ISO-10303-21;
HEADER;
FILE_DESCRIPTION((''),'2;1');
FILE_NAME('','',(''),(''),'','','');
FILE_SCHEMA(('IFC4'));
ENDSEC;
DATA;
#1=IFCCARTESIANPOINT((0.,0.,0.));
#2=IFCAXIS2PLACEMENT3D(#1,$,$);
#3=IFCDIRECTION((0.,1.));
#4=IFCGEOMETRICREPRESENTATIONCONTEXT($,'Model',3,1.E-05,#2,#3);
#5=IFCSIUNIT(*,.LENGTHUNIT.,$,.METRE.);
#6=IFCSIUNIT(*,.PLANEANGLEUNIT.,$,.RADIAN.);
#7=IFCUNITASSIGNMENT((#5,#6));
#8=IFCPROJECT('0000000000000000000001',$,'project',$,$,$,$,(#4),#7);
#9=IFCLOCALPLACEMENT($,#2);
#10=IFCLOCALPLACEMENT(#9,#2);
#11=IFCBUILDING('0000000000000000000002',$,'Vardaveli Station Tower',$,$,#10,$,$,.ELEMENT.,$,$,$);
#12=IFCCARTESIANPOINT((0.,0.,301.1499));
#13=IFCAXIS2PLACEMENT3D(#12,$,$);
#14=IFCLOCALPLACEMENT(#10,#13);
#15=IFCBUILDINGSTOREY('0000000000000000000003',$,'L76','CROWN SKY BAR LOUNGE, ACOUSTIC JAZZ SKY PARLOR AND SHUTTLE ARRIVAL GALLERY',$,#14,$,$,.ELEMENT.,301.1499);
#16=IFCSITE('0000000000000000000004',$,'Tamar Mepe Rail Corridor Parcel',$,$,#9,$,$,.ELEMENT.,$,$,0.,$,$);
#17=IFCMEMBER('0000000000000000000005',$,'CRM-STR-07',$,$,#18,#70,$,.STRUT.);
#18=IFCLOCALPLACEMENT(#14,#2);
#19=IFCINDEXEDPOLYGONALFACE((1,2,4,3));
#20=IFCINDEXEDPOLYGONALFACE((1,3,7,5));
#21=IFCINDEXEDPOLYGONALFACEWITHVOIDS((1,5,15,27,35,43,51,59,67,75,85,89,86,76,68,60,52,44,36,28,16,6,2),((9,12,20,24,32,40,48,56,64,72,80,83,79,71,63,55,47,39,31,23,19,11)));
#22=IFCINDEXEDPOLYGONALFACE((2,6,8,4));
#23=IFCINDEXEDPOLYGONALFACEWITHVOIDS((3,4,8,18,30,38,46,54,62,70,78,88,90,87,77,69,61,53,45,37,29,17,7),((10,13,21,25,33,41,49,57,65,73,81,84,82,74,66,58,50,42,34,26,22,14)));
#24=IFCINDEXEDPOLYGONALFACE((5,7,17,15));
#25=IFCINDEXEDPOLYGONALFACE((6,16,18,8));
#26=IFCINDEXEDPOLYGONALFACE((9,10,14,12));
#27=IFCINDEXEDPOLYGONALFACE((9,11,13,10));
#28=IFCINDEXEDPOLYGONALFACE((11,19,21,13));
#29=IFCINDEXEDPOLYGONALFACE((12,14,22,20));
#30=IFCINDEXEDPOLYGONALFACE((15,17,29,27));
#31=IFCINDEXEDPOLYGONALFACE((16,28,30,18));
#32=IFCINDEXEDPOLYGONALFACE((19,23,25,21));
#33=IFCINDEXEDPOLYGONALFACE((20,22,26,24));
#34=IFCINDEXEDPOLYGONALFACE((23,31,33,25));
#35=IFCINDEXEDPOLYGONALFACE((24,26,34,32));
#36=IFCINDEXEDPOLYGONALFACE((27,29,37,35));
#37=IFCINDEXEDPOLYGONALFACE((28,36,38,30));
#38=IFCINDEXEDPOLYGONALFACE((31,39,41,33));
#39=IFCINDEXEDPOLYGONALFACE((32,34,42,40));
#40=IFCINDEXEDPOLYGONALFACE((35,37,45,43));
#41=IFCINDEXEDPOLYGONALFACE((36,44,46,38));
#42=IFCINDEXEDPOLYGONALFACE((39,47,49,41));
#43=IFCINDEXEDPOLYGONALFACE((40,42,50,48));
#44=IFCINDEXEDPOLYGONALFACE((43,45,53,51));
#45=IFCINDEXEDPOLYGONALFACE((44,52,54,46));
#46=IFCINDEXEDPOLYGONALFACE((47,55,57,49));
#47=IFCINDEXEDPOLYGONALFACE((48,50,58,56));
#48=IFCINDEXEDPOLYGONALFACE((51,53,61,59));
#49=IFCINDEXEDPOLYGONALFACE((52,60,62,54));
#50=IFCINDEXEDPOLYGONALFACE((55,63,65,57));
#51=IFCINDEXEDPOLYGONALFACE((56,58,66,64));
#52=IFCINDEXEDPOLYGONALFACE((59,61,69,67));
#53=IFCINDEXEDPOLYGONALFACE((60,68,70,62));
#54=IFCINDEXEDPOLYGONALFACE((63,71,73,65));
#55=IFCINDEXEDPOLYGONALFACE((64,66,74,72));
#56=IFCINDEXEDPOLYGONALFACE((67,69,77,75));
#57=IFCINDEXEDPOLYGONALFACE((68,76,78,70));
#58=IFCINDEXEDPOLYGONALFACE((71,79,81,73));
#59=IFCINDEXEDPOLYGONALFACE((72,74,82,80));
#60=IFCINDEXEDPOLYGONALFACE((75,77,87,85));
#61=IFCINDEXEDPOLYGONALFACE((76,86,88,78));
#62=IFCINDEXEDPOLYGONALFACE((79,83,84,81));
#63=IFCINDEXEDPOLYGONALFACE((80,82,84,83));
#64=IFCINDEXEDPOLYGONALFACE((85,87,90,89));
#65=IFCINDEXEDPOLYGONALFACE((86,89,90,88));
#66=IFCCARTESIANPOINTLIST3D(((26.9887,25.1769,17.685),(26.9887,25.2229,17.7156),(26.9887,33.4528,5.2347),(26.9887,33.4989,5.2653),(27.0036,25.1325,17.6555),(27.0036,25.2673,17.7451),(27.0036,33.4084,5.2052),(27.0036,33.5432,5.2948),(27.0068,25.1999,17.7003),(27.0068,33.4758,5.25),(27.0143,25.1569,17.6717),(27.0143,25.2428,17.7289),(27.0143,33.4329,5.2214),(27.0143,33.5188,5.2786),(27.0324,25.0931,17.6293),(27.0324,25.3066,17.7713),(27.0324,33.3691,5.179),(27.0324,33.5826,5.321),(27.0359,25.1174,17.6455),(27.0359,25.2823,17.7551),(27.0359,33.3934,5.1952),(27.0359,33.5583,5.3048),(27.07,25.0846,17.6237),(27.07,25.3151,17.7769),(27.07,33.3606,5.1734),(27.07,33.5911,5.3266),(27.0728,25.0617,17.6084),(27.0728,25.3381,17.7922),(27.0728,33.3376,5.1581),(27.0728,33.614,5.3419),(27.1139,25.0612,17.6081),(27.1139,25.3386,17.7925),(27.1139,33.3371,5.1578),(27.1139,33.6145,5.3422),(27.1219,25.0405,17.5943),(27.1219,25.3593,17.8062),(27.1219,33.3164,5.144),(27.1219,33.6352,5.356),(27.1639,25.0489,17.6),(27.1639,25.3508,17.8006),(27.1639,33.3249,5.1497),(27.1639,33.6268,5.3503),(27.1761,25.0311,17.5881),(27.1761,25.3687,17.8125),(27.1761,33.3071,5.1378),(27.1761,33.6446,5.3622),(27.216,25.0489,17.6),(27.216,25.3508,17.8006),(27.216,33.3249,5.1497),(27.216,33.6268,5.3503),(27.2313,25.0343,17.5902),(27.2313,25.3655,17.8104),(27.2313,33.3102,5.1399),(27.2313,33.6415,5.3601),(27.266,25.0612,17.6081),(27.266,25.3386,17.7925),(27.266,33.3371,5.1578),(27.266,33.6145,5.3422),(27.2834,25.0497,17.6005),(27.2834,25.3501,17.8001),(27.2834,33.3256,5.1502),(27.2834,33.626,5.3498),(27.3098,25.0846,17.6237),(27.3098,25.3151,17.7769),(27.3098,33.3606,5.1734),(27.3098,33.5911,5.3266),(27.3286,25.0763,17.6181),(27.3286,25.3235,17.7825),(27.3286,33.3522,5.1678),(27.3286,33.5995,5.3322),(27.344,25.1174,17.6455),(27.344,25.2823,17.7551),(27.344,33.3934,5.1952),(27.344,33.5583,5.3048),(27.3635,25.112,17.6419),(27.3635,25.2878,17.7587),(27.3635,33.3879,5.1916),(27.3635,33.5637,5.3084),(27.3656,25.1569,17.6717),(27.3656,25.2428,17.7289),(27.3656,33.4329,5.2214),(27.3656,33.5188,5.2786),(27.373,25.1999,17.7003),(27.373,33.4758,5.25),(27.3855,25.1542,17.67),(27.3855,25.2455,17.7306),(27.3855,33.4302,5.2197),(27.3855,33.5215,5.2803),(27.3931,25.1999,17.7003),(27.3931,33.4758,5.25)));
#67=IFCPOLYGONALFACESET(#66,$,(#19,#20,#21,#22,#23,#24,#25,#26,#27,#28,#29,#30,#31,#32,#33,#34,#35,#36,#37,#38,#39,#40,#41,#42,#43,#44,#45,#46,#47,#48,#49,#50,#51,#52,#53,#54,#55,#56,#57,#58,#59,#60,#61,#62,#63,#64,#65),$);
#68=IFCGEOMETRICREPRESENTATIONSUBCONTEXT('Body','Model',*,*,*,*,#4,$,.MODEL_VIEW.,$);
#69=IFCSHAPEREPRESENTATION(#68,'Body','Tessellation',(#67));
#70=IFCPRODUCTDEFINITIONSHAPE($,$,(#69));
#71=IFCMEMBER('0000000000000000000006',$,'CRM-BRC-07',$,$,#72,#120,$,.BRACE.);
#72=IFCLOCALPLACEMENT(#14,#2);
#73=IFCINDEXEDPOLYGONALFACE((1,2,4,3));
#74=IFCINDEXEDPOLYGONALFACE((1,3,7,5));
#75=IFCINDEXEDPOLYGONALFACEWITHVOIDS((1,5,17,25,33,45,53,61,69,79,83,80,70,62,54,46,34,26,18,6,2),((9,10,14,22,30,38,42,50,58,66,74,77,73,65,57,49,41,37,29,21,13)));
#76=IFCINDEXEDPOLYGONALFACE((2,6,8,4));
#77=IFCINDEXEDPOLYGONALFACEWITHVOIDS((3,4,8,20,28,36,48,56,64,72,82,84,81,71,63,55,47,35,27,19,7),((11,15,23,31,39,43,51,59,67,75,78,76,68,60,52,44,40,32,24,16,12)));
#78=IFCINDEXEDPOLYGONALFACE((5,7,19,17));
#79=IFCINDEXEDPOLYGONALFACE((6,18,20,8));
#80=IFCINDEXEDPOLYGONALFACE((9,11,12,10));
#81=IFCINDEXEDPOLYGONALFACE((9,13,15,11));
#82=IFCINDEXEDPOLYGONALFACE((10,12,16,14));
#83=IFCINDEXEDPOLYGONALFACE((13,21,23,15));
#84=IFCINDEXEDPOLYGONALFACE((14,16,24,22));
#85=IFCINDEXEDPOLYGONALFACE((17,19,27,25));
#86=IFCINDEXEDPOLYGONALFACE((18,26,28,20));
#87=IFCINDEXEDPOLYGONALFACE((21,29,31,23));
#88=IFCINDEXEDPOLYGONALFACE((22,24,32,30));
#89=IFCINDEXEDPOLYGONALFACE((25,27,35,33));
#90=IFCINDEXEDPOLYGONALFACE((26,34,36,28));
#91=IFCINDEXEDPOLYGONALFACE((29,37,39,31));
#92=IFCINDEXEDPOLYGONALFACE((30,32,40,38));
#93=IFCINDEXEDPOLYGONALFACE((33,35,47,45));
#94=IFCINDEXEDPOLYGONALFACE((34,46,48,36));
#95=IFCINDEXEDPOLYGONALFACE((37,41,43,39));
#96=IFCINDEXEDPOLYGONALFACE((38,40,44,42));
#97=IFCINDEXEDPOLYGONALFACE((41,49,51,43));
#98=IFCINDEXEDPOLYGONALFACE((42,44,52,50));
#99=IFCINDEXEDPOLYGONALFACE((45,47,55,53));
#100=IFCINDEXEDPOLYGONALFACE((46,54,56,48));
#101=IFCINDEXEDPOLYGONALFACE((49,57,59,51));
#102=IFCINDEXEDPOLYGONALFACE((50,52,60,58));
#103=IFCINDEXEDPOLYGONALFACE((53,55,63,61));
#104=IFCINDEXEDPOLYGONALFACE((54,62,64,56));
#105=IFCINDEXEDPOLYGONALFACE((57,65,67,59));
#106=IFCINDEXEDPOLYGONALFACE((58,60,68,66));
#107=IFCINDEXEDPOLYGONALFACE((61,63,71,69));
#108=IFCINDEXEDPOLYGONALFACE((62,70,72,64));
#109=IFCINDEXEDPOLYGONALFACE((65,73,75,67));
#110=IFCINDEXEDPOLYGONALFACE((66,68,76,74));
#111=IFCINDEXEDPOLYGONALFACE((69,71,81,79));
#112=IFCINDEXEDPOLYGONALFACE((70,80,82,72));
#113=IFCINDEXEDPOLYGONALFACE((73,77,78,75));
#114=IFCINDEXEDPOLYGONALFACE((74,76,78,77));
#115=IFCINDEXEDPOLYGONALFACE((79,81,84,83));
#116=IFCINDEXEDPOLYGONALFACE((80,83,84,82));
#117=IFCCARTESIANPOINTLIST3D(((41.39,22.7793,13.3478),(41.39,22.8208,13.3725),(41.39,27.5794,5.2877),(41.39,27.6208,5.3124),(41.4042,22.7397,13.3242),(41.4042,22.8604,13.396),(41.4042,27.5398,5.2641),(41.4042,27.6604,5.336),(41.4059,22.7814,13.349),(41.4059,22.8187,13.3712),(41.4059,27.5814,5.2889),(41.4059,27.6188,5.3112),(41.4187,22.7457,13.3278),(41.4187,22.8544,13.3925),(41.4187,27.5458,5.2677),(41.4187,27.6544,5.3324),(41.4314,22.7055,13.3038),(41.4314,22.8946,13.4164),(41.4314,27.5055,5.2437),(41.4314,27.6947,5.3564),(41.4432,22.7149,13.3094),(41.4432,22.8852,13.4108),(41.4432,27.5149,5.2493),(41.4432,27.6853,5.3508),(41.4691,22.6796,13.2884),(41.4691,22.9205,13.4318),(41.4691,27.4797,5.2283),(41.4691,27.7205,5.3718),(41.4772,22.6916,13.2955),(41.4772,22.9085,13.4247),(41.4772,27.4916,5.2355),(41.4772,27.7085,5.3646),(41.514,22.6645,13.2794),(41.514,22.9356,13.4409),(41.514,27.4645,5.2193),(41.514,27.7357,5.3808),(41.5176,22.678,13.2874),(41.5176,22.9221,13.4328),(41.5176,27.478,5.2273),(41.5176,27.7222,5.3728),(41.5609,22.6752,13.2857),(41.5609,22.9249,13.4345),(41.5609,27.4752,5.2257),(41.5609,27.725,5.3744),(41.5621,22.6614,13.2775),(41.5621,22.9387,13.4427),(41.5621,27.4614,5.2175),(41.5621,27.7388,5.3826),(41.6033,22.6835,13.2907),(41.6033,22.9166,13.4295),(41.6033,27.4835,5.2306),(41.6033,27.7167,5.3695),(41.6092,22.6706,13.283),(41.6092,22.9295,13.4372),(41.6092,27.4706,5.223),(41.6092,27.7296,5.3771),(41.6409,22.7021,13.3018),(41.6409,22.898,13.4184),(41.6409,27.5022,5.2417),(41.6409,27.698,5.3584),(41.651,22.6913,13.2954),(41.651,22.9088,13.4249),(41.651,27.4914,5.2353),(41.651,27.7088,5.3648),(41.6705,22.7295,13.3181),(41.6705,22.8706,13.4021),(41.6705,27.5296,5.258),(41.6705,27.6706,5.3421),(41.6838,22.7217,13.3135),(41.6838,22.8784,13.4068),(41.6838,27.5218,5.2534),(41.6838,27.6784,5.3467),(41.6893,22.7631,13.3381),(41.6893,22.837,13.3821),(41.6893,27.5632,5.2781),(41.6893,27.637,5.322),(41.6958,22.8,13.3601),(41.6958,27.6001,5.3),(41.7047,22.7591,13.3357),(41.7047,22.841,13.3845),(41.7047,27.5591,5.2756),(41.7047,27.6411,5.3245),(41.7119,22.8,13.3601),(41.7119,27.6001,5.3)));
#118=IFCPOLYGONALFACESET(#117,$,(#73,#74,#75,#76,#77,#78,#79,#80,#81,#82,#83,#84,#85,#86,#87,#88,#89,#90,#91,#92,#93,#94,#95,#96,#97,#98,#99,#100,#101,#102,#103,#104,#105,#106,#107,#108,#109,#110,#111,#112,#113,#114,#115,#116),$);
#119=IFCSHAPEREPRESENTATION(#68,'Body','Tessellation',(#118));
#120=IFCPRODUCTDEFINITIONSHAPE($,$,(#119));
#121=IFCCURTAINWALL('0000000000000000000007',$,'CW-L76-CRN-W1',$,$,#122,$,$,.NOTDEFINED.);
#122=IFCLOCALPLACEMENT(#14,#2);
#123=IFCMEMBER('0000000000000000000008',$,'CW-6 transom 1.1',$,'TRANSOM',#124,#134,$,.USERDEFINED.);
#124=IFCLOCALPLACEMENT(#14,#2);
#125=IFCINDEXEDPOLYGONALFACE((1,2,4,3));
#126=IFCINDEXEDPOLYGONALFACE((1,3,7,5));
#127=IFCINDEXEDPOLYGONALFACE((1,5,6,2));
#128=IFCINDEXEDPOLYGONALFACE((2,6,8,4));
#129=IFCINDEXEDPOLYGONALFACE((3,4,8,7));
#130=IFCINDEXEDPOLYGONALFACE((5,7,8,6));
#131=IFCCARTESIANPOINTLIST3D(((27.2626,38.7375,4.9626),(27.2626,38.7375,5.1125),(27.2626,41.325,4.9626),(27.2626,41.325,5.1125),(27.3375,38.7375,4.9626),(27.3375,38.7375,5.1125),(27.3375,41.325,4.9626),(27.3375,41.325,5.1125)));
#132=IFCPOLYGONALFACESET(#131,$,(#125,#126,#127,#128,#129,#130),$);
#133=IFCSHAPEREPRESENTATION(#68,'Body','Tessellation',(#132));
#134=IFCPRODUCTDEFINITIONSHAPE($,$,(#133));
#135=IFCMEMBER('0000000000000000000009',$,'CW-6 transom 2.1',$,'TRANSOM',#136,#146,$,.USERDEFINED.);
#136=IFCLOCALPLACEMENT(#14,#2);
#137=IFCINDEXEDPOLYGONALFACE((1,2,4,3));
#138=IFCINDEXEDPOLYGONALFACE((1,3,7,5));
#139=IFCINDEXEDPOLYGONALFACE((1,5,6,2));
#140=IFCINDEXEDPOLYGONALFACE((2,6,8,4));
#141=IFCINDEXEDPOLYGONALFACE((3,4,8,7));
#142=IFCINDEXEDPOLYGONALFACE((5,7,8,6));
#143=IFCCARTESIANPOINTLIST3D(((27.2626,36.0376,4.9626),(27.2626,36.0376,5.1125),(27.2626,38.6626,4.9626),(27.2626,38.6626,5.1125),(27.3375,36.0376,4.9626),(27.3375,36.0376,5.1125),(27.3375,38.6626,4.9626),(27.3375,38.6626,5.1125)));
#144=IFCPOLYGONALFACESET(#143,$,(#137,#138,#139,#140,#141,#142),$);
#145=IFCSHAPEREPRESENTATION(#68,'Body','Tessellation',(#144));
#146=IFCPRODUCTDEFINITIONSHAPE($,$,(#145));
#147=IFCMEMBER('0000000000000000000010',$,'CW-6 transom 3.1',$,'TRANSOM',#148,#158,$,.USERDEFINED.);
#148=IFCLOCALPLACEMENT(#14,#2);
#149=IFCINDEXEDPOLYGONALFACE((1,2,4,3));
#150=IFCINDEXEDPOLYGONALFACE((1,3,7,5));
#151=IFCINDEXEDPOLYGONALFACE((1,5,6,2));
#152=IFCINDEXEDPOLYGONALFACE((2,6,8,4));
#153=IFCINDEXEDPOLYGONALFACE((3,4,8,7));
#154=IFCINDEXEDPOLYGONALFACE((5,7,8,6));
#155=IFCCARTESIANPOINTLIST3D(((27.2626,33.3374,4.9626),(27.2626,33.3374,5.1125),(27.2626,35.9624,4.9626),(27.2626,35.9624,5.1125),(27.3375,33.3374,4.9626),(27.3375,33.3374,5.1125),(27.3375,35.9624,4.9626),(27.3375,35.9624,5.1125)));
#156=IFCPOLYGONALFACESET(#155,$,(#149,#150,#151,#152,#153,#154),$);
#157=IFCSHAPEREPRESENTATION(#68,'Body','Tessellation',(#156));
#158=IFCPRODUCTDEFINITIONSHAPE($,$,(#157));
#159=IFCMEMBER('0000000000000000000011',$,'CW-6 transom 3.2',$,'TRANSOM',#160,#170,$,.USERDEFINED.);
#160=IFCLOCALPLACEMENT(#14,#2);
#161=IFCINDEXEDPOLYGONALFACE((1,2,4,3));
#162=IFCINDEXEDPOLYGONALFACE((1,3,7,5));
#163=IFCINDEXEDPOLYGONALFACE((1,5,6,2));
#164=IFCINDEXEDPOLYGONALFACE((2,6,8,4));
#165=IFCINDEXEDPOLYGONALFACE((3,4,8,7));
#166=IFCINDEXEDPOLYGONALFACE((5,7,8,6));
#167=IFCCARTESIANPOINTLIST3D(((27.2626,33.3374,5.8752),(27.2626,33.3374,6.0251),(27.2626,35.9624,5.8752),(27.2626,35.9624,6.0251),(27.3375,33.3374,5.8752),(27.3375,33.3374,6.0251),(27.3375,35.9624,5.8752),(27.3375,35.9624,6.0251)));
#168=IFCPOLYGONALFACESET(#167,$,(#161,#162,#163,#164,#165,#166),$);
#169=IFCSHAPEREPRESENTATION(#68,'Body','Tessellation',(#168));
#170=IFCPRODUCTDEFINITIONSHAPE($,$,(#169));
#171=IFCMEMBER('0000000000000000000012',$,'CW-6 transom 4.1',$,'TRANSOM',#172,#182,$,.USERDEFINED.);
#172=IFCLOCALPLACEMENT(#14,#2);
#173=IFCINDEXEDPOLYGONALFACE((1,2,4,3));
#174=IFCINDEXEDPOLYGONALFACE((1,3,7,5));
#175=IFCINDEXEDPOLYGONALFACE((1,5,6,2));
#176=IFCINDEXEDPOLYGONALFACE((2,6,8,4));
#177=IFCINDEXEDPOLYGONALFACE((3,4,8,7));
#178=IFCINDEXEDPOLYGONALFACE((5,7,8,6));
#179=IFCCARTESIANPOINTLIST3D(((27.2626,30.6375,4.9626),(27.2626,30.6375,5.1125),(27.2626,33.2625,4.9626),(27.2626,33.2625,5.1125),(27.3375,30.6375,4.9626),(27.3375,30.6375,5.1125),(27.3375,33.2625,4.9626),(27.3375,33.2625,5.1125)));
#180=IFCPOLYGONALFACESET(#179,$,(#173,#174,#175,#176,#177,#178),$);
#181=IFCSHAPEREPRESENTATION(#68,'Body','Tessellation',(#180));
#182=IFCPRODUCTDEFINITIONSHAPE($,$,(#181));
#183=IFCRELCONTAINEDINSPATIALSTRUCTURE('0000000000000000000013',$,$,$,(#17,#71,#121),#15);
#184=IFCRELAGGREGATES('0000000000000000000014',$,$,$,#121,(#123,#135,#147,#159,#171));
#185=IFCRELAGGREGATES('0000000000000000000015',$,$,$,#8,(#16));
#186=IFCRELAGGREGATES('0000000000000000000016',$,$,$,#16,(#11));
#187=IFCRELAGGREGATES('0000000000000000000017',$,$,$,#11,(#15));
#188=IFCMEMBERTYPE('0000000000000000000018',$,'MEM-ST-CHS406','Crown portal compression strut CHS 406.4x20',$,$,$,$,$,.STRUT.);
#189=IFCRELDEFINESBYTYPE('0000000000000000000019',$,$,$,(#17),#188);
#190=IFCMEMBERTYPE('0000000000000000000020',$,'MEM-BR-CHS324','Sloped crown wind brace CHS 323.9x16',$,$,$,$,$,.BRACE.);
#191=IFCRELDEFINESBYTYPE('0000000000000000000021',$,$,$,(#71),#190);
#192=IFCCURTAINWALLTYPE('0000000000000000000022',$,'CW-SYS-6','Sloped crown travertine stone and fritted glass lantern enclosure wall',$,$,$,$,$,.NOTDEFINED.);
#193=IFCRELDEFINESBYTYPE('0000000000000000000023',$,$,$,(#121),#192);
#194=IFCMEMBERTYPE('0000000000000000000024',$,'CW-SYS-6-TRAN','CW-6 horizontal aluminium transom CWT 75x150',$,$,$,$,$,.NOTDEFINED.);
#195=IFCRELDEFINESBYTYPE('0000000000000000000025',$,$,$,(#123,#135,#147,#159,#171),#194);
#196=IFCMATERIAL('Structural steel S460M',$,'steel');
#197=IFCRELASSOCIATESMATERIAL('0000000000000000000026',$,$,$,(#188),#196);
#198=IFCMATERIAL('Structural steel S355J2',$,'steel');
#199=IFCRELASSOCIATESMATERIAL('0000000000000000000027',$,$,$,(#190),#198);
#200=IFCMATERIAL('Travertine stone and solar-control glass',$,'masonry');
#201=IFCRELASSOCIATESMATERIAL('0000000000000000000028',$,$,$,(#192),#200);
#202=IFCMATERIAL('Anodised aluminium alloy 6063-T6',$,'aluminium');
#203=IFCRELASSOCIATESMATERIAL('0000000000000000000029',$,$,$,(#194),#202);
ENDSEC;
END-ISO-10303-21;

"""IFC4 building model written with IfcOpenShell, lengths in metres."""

from ifc_helpers import new_model, si_unit, direction, frame, origin, origin_2d, place, context, subcontext, project, spatial, rectangle, hollow_circle, extrude, source, transform, mapped, material, material_profile, profile_set, type_object, element, aggregate, save


model = new_model("IFC4")

# Units and contexts
model_context = context("Model", 3, precision=1e-05, world=origin(), true_north=direction((0.0, 1.0)))
body_context = subcontext(model_context, "Body", "Model", "MODEL_VIEW")
ifc_project = project(units=[si_unit("LENGTHUNIT", "METRE"), si_unit("PLANEANGLEUNIT", "RADIAN")], contexts=[model_context])

# Site, building, storey
site_placement = place(None, origin())
site = spatial("IfcSite", under=ifc_project, at=site_placement, Name="Tamar Mepe Rail Corridor Parcel", CompositionType="ELEMENT", RefElevation=0.0)
building_placement = place(site_placement, origin())
building = spatial("IfcBuilding", under=site, at=building_placement, Name="Vardaveli Station Tower", CompositionType="ELEMENT")
storey_placement = place(building_placement, frame((0.0, 0.0, 301.1499)))
storey = spatial("IfcBuildingStorey", under=building, at=storey_placement, Name="L76", Description="CROWN SKY BAR LOUNGE, ACOUSTIC JAZZ SKY PARLOR AND SHUTTLE ARRIVAL GALLERY", CompositionType="ELEMENT", Elevation=301.1499)

# Members
ifc_material_1 = material(Name="Structural steel S460M", Category="steel")
ifc_material_profile_1 = material_profile(ifc_material_1, hollow_circle(Radius=0.2031, WallThickness=0.02, at=origin_2d()), Name="CHS 406.4x20")
ifc_profile_set_1 = profile_set([ifc_material_profile_1], Name="Structural steel S460M")
member_type_1 = type_object("IfcMemberType", Name="MEM-ST-CHS406", Description="Crown portal compression strut CHS 406.4x20", PredefinedType="STRUT", material=ifc_profile_set_1)
shared_shape_1 = source(origin(), body_context, "Body", "SweptSolid", [
    extrude(hollow_circle(Radius=0.2031, WallThickness=0.02, at=origin_2d()), origin(), (0.0, 0.0, 1.0), 14.95),
])
member_1_placement = place(storey_placement, frame((27.1899, 33.4758, 5.25), z_axis=(0.0, -0.553577, 0.832798), x_axis=(1.0, 0.0, 0.0)))
element("IfcMember", 1, at=member_1_placement, inside=storey, type_object=member_type_1, Name="CRM-STR-07", PredefinedType="STRUT", context=body_context, shape_type="MappedRepresentation", body=[
    mapped(shared_shape_1, transform((0.0, 0.0, 0.0), scale=1.0)),
])
ifc_material_2 = material(Name="Structural steel S355J2", Category="steel")
ifc_material_profile_2 = material_profile(ifc_material_2, hollow_circle(Radius=0.1619, WallThickness=0.0161, at=origin_2d()), Name="CHS 323.9x16")
ifc_profile_set_2 = profile_set([ifc_material_profile_2], Name="Structural steel S355J2")
member_type_2 = type_object("IfcMemberType", Name="MEM-BR-CHS324", Description="Sloped crown wind brace CHS 323.9x16", PredefinedType="BRACE", material=ifc_profile_set_2)
shared_shape_2 = source(origin(), body_context, "Body", "SweptSolid", [
    extrude(hollow_circle(Radius=0.1619, WallThickness=0.0161, at=origin_2d()), origin(), (0.0, 0.0, 1.0), 9.3811),
])
member_2_placement = place(storey_placement, frame((41.55, 27.6001, 5.3), z_axis=(0.0, -0.511672, 0.859181), x_axis=(1.0, 0.0, 0.0)))
element("IfcMember", 2, at=member_2_placement, inside=storey, type_object=member_type_2, Name="CRM-BRC-07", PredefinedType="BRACE", context=body_context, shape_type="MappedRepresentation", body=[
    mapped(shared_shape_2, transform((0.0, 0.0, 0.0), scale=1.0)),
])

# Curtain wall, members
ifc_material_3 = material(Name="Travertine stone and solar-control glass", Category="masonry")
curtain_wall_type = type_object("IfcCurtainWallType", Name="CW-SYS-6", Description="Sloped crown travertine stone and fritted glass lantern enclosure wall", PredefinedType="NOTDEFINED", material=ifc_material_3)
curtain_wall_placement = place(storey_placement, origin())
curtain_wall = element("IfcCurtainWall", 3, at=curtain_wall_placement, inside=storey, type_object=curtain_wall_type, Name="CW-L76-CRN-W1", PredefinedType="NOTDEFINED")
ifc_material_4 = material(Name="Anodised aluminium alloy 6063-T6", Category="aluminium")
ifc_material_profile_3 = material_profile(ifc_material_4, rectangle(XDim=0.075, YDim=0.1499, at=origin_2d()), Name="CWT 75x150")
ifc_profile_set_3 = profile_set([ifc_material_profile_3], Name="Anodised aluminium alloy 6063-T6")
member_type_3 = type_object("IfcMemberType", Name="CW-SYS-6-TRAN", Description="CW-6 horizontal aluminium transom CWT 75x150", PredefinedType="NOTDEFINED", material=ifc_profile_set_3)
shared_shape_3 = source(origin(), body_context, "Body", "SweptSolid", [
    extrude(rectangle(XDim=0.075, YDim=0.1499, at=origin_2d()), origin(), (0.0, 0.0, 1.0), 2.5874),
])
member_3_placement = place(storey_placement, frame((27.3, 41.325, 5.0376), z_axis=(0.0, -1.0, 0.0), x_axis=(1.0, 0.0, 0.0)))
member_3 = element("IfcMember", 4, at=member_3_placement, type_object=member_type_3, Name="CW-6 transom 1.1", ObjectType="TRANSOM", PredefinedType="USERDEFINED", context=body_context, shape_type="MappedRepresentation", body=[
    mapped(shared_shape_3, transform((0.0, 0.0, 0.0), scale=1.0)),
])
shared_shape_4 = source(origin(), body_context, "Body", "SweptSolid", [
    extrude(rectangle(XDim=0.075, YDim=0.1499, at=origin_2d()), origin(), (0.0, 0.0, 1.0), 2.625),
])
member_4_placement = place(storey_placement, frame((27.3, 38.6626, 5.0376), z_axis=(0.0, -1.0, 0.0), x_axis=(1.0, 0.0, 0.0)))
member_4 = element("IfcMember", 5, at=member_4_placement, type_object=member_type_3, Name="CW-6 transom 2.1", ObjectType="TRANSOM", PredefinedType="USERDEFINED", context=body_context, shape_type="MappedRepresentation", body=[
    mapped(shared_shape_4, transform((0.0, 0.0, 0.0), scale=1.0)),
])
member_5_placement = place(storey_placement, frame((27.3, 35.9624, 5.0376), z_axis=(0.0, -1.0, 0.0), x_axis=(1.0, 0.0, 0.0)))
member_5 = element("IfcMember", 6, at=member_5_placement, type_object=member_type_3, Name="CW-6 transom 3.1", ObjectType="TRANSOM", PredefinedType="USERDEFINED", context=body_context, shape_type="MappedRepresentation", body=[
    mapped(shared_shape_4, transform((0.0, 0.0, 0.0), scale=1.0)),
])
member_6_placement = place(storey_placement, frame((27.3, 35.9624, 5.9502), z_axis=(0.0, -1.0, 0.0), x_axis=(1.0, 0.0, 0.0)))
member_6 = element("IfcMember", 7, at=member_6_placement, type_object=member_type_3, Name="CW-6 transom 3.2", ObjectType="TRANSOM", PredefinedType="USERDEFINED", context=body_context, shape_type="MappedRepresentation", body=[
    mapped(shared_shape_4, transform((0.0, 0.0, 0.0), scale=1.0)),
])
member_7_placement = place(storey_placement, frame((27.3, 33.2625, 5.0376), z_axis=(0.0, -1.0, 0.0), x_axis=(1.0, 0.0, 0.0)))
member_7 = element("IfcMember", 8, at=member_7_placement, type_object=member_type_3, Name="CW-6 transom 4.1", ObjectType="TRANSOM", PredefinedType="USERDEFINED", context=body_context, shape_type="MappedRepresentation", body=[
    mapped(shared_shape_4, transform((0.0, 0.0, 0.0), scale=1.0)),
])

aggregate(curtain_wall, [member_3, member_4, member_5, member_6, member_7])

save(model, "model.ifc")
